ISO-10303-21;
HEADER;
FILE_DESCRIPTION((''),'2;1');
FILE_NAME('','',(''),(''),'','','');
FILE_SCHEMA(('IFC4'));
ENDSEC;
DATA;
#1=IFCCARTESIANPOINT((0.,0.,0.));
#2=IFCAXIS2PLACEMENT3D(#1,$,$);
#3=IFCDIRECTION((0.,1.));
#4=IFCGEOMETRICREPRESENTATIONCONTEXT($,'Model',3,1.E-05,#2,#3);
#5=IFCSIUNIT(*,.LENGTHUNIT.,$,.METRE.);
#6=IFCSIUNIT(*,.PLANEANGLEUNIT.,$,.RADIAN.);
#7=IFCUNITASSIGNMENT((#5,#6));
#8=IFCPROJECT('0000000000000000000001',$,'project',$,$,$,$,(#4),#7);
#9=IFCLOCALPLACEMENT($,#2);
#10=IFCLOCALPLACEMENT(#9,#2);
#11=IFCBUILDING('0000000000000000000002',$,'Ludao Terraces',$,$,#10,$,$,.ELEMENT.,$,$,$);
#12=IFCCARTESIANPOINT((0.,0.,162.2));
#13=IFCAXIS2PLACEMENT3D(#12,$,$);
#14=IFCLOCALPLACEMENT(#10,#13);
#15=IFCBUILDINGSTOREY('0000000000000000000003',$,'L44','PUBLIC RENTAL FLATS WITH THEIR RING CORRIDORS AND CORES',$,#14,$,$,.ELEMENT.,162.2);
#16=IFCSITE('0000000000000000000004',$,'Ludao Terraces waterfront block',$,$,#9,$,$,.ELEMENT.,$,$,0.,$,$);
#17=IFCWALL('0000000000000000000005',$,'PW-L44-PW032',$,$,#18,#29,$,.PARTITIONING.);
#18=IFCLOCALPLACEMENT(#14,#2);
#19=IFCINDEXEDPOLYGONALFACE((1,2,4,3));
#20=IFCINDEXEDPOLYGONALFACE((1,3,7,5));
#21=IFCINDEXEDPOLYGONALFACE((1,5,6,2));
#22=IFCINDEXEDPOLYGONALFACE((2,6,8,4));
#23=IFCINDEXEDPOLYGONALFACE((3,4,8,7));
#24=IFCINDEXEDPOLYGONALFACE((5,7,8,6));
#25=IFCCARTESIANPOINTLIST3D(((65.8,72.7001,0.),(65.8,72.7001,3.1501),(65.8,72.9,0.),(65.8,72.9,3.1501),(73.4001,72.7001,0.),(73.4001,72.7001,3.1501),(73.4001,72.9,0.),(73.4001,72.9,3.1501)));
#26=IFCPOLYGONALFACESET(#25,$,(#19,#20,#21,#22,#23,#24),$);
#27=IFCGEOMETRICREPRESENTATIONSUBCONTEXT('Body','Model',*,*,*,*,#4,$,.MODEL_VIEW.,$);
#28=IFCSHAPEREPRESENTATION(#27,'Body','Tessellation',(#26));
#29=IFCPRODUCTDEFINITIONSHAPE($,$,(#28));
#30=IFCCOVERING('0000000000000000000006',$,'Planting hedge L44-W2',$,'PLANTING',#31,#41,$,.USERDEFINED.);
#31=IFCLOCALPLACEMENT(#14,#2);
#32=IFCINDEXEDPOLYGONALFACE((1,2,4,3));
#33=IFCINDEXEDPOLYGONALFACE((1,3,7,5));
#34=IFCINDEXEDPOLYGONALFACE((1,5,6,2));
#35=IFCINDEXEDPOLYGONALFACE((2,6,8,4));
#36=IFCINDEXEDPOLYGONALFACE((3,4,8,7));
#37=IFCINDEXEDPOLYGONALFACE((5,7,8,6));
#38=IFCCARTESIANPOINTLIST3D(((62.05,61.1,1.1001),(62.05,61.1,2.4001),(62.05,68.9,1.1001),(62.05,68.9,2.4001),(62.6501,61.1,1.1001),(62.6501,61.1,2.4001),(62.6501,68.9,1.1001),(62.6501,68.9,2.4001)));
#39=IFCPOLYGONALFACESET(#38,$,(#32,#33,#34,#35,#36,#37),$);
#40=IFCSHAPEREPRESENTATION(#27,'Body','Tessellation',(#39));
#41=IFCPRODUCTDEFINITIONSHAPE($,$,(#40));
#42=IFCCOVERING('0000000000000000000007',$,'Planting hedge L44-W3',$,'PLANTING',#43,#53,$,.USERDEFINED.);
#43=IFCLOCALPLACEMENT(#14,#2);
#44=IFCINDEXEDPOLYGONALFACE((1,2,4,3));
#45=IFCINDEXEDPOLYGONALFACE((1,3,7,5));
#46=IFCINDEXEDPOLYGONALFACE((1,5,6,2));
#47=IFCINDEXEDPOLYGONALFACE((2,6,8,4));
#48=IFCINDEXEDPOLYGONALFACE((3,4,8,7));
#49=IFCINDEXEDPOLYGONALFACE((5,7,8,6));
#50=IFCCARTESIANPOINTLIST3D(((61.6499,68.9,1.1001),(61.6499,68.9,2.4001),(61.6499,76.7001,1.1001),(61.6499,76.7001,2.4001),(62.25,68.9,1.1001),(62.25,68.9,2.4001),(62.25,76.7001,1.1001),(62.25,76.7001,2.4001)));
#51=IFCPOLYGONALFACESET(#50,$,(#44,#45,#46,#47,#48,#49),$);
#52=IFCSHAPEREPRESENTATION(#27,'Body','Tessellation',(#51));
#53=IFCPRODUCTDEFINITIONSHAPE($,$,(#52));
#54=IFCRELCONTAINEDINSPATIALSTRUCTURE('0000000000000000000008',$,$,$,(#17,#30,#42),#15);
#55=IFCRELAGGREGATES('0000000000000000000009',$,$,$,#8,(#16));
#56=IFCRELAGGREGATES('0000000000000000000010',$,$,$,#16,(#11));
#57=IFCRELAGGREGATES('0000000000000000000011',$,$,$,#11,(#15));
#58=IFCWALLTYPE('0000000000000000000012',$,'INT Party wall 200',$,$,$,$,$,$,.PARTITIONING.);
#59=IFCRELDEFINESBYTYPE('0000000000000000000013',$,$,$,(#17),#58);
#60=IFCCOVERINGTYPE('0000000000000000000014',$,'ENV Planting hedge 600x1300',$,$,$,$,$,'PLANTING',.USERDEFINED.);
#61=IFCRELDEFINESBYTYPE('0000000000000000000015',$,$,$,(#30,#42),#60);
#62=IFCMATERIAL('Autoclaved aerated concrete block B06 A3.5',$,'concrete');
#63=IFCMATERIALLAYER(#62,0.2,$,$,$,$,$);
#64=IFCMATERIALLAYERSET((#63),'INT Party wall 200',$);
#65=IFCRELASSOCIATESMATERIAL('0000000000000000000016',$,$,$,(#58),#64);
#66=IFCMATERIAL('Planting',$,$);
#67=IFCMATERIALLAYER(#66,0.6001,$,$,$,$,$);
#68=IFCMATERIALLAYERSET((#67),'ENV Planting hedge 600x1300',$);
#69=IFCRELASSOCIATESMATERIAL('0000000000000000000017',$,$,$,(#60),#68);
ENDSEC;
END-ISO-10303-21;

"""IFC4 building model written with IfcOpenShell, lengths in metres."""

from ifc_helpers import new_model, si_unit, direction, frame, frame_2d, origin, origin_2d, place, context, subcontext, project, spatial, rectangle, extrude, material, layer, layer_set, type_object, element, save


model = new_model("IFC4")

# Units and contexts
model_context = context("Model", 3, precision=1e-05, world=origin(), true_north=direction((0.0, 1.0)))
body_context = subcontext(model_context, "Body", "Model", "MODEL_VIEW")
ifc_project = project(units=[si_unit("LENGTHUNIT", "METRE"), si_unit("PLANEANGLEUNIT", "RADIAN")], contexts=[model_context])

# Site, building, storey
site_placement = place(None, origin())
site = spatial("IfcSite", under=ifc_project, at=site_placement, Name="Ludao Terraces waterfront block", CompositionType="ELEMENT", RefElevation=0.0)
building_placement = place(site_placement, origin())
building = spatial("IfcBuilding", under=site, at=building_placement, Name="Ludao Terraces", CompositionType="ELEMENT")
storey_placement = place(building_placement, frame((0.0, 0.0, 162.2)))
storey = spatial("IfcBuildingStorey", under=building, at=storey_placement, Name="L44", Description="PUBLIC RENTAL FLATS WITH THEIR RING CORRIDORS AND CORES", CompositionType="ELEMENT", Elevation=162.2)

# Wall
ifc_material_1 = material(Name="Autoclaved aerated concrete block B06 A3.5", Category="concrete")
ifc_layer_1 = layer(ifc_material_1, 0.2)
ifc_layer_set_1 = layer_set([ifc_layer_1], Name="INT Party wall 200")
wall_type_1 = type_object("IfcWallType", Name="INT Party wall 200", PredefinedType="PARTITIONING", material=ifc_layer_set_1)
wall_1_placement = place(storey_placement, frame((65.8, 72.8, 0.0), z_axis=(0.0, 0.0, 1.0), x_axis=(1.0, 0.0, 0.0)))
element("IfcWall", 1, at=wall_1_placement, inside=storey, type_object=wall_type_1, Name="PW-L44-PW032", PredefinedType="PARTITIONING", context=body_context, shape_type="SweptSolid", body=[
    extrude(rectangle(XDim=7.6001, YDim=0.2, at=frame_2d((3.8, 0.0))), origin(), (0.0, 0.0, 1.0), 3.1501),
])

# Coverings
ifc_material_2 = material(Name="Planting")
ifc_layer_2 = layer(ifc_material_2, 0.6001)
ifc_layer_set_2 = layer_set([ifc_layer_2], Name="ENV Planting hedge 600x1300")
covering_type = type_object("IfcCoveringType", Name="ENV Planting hedge 600x1300", ElementType="PLANTING", PredefinedType="USERDEFINED", material=ifc_layer_set_2)
for number, where, z_axis, x_axis, name in (
    (2, (62.3501, 65.0, 1.1001), (0.0, 0.0, 1.0), (1.0, 0.0, 0.0), "Planting hedge L44-W2"),
    (3, (61.95, 72.8, 1.1001), (0.0, 0.0, 1.0), (1.0, 0.0, 0.0), "Planting hedge L44-W3"),
):
    element("IfcCovering", number, at=place(storey_placement, frame(where, z_axis=z_axis, x_axis=x_axis)), inside=storey, type_object=covering_type, Name=name, ObjectType="PLANTING", PredefinedType="USERDEFINED", context=body_context, shape_type="SweptSolid", body=[
        extrude(rectangle(XDim=0.6001, YDim=7.8, at=origin_2d()), origin(), (0.0, 0.0, 1.0), 1.3),
    ])

save(model, "model.ifc")
